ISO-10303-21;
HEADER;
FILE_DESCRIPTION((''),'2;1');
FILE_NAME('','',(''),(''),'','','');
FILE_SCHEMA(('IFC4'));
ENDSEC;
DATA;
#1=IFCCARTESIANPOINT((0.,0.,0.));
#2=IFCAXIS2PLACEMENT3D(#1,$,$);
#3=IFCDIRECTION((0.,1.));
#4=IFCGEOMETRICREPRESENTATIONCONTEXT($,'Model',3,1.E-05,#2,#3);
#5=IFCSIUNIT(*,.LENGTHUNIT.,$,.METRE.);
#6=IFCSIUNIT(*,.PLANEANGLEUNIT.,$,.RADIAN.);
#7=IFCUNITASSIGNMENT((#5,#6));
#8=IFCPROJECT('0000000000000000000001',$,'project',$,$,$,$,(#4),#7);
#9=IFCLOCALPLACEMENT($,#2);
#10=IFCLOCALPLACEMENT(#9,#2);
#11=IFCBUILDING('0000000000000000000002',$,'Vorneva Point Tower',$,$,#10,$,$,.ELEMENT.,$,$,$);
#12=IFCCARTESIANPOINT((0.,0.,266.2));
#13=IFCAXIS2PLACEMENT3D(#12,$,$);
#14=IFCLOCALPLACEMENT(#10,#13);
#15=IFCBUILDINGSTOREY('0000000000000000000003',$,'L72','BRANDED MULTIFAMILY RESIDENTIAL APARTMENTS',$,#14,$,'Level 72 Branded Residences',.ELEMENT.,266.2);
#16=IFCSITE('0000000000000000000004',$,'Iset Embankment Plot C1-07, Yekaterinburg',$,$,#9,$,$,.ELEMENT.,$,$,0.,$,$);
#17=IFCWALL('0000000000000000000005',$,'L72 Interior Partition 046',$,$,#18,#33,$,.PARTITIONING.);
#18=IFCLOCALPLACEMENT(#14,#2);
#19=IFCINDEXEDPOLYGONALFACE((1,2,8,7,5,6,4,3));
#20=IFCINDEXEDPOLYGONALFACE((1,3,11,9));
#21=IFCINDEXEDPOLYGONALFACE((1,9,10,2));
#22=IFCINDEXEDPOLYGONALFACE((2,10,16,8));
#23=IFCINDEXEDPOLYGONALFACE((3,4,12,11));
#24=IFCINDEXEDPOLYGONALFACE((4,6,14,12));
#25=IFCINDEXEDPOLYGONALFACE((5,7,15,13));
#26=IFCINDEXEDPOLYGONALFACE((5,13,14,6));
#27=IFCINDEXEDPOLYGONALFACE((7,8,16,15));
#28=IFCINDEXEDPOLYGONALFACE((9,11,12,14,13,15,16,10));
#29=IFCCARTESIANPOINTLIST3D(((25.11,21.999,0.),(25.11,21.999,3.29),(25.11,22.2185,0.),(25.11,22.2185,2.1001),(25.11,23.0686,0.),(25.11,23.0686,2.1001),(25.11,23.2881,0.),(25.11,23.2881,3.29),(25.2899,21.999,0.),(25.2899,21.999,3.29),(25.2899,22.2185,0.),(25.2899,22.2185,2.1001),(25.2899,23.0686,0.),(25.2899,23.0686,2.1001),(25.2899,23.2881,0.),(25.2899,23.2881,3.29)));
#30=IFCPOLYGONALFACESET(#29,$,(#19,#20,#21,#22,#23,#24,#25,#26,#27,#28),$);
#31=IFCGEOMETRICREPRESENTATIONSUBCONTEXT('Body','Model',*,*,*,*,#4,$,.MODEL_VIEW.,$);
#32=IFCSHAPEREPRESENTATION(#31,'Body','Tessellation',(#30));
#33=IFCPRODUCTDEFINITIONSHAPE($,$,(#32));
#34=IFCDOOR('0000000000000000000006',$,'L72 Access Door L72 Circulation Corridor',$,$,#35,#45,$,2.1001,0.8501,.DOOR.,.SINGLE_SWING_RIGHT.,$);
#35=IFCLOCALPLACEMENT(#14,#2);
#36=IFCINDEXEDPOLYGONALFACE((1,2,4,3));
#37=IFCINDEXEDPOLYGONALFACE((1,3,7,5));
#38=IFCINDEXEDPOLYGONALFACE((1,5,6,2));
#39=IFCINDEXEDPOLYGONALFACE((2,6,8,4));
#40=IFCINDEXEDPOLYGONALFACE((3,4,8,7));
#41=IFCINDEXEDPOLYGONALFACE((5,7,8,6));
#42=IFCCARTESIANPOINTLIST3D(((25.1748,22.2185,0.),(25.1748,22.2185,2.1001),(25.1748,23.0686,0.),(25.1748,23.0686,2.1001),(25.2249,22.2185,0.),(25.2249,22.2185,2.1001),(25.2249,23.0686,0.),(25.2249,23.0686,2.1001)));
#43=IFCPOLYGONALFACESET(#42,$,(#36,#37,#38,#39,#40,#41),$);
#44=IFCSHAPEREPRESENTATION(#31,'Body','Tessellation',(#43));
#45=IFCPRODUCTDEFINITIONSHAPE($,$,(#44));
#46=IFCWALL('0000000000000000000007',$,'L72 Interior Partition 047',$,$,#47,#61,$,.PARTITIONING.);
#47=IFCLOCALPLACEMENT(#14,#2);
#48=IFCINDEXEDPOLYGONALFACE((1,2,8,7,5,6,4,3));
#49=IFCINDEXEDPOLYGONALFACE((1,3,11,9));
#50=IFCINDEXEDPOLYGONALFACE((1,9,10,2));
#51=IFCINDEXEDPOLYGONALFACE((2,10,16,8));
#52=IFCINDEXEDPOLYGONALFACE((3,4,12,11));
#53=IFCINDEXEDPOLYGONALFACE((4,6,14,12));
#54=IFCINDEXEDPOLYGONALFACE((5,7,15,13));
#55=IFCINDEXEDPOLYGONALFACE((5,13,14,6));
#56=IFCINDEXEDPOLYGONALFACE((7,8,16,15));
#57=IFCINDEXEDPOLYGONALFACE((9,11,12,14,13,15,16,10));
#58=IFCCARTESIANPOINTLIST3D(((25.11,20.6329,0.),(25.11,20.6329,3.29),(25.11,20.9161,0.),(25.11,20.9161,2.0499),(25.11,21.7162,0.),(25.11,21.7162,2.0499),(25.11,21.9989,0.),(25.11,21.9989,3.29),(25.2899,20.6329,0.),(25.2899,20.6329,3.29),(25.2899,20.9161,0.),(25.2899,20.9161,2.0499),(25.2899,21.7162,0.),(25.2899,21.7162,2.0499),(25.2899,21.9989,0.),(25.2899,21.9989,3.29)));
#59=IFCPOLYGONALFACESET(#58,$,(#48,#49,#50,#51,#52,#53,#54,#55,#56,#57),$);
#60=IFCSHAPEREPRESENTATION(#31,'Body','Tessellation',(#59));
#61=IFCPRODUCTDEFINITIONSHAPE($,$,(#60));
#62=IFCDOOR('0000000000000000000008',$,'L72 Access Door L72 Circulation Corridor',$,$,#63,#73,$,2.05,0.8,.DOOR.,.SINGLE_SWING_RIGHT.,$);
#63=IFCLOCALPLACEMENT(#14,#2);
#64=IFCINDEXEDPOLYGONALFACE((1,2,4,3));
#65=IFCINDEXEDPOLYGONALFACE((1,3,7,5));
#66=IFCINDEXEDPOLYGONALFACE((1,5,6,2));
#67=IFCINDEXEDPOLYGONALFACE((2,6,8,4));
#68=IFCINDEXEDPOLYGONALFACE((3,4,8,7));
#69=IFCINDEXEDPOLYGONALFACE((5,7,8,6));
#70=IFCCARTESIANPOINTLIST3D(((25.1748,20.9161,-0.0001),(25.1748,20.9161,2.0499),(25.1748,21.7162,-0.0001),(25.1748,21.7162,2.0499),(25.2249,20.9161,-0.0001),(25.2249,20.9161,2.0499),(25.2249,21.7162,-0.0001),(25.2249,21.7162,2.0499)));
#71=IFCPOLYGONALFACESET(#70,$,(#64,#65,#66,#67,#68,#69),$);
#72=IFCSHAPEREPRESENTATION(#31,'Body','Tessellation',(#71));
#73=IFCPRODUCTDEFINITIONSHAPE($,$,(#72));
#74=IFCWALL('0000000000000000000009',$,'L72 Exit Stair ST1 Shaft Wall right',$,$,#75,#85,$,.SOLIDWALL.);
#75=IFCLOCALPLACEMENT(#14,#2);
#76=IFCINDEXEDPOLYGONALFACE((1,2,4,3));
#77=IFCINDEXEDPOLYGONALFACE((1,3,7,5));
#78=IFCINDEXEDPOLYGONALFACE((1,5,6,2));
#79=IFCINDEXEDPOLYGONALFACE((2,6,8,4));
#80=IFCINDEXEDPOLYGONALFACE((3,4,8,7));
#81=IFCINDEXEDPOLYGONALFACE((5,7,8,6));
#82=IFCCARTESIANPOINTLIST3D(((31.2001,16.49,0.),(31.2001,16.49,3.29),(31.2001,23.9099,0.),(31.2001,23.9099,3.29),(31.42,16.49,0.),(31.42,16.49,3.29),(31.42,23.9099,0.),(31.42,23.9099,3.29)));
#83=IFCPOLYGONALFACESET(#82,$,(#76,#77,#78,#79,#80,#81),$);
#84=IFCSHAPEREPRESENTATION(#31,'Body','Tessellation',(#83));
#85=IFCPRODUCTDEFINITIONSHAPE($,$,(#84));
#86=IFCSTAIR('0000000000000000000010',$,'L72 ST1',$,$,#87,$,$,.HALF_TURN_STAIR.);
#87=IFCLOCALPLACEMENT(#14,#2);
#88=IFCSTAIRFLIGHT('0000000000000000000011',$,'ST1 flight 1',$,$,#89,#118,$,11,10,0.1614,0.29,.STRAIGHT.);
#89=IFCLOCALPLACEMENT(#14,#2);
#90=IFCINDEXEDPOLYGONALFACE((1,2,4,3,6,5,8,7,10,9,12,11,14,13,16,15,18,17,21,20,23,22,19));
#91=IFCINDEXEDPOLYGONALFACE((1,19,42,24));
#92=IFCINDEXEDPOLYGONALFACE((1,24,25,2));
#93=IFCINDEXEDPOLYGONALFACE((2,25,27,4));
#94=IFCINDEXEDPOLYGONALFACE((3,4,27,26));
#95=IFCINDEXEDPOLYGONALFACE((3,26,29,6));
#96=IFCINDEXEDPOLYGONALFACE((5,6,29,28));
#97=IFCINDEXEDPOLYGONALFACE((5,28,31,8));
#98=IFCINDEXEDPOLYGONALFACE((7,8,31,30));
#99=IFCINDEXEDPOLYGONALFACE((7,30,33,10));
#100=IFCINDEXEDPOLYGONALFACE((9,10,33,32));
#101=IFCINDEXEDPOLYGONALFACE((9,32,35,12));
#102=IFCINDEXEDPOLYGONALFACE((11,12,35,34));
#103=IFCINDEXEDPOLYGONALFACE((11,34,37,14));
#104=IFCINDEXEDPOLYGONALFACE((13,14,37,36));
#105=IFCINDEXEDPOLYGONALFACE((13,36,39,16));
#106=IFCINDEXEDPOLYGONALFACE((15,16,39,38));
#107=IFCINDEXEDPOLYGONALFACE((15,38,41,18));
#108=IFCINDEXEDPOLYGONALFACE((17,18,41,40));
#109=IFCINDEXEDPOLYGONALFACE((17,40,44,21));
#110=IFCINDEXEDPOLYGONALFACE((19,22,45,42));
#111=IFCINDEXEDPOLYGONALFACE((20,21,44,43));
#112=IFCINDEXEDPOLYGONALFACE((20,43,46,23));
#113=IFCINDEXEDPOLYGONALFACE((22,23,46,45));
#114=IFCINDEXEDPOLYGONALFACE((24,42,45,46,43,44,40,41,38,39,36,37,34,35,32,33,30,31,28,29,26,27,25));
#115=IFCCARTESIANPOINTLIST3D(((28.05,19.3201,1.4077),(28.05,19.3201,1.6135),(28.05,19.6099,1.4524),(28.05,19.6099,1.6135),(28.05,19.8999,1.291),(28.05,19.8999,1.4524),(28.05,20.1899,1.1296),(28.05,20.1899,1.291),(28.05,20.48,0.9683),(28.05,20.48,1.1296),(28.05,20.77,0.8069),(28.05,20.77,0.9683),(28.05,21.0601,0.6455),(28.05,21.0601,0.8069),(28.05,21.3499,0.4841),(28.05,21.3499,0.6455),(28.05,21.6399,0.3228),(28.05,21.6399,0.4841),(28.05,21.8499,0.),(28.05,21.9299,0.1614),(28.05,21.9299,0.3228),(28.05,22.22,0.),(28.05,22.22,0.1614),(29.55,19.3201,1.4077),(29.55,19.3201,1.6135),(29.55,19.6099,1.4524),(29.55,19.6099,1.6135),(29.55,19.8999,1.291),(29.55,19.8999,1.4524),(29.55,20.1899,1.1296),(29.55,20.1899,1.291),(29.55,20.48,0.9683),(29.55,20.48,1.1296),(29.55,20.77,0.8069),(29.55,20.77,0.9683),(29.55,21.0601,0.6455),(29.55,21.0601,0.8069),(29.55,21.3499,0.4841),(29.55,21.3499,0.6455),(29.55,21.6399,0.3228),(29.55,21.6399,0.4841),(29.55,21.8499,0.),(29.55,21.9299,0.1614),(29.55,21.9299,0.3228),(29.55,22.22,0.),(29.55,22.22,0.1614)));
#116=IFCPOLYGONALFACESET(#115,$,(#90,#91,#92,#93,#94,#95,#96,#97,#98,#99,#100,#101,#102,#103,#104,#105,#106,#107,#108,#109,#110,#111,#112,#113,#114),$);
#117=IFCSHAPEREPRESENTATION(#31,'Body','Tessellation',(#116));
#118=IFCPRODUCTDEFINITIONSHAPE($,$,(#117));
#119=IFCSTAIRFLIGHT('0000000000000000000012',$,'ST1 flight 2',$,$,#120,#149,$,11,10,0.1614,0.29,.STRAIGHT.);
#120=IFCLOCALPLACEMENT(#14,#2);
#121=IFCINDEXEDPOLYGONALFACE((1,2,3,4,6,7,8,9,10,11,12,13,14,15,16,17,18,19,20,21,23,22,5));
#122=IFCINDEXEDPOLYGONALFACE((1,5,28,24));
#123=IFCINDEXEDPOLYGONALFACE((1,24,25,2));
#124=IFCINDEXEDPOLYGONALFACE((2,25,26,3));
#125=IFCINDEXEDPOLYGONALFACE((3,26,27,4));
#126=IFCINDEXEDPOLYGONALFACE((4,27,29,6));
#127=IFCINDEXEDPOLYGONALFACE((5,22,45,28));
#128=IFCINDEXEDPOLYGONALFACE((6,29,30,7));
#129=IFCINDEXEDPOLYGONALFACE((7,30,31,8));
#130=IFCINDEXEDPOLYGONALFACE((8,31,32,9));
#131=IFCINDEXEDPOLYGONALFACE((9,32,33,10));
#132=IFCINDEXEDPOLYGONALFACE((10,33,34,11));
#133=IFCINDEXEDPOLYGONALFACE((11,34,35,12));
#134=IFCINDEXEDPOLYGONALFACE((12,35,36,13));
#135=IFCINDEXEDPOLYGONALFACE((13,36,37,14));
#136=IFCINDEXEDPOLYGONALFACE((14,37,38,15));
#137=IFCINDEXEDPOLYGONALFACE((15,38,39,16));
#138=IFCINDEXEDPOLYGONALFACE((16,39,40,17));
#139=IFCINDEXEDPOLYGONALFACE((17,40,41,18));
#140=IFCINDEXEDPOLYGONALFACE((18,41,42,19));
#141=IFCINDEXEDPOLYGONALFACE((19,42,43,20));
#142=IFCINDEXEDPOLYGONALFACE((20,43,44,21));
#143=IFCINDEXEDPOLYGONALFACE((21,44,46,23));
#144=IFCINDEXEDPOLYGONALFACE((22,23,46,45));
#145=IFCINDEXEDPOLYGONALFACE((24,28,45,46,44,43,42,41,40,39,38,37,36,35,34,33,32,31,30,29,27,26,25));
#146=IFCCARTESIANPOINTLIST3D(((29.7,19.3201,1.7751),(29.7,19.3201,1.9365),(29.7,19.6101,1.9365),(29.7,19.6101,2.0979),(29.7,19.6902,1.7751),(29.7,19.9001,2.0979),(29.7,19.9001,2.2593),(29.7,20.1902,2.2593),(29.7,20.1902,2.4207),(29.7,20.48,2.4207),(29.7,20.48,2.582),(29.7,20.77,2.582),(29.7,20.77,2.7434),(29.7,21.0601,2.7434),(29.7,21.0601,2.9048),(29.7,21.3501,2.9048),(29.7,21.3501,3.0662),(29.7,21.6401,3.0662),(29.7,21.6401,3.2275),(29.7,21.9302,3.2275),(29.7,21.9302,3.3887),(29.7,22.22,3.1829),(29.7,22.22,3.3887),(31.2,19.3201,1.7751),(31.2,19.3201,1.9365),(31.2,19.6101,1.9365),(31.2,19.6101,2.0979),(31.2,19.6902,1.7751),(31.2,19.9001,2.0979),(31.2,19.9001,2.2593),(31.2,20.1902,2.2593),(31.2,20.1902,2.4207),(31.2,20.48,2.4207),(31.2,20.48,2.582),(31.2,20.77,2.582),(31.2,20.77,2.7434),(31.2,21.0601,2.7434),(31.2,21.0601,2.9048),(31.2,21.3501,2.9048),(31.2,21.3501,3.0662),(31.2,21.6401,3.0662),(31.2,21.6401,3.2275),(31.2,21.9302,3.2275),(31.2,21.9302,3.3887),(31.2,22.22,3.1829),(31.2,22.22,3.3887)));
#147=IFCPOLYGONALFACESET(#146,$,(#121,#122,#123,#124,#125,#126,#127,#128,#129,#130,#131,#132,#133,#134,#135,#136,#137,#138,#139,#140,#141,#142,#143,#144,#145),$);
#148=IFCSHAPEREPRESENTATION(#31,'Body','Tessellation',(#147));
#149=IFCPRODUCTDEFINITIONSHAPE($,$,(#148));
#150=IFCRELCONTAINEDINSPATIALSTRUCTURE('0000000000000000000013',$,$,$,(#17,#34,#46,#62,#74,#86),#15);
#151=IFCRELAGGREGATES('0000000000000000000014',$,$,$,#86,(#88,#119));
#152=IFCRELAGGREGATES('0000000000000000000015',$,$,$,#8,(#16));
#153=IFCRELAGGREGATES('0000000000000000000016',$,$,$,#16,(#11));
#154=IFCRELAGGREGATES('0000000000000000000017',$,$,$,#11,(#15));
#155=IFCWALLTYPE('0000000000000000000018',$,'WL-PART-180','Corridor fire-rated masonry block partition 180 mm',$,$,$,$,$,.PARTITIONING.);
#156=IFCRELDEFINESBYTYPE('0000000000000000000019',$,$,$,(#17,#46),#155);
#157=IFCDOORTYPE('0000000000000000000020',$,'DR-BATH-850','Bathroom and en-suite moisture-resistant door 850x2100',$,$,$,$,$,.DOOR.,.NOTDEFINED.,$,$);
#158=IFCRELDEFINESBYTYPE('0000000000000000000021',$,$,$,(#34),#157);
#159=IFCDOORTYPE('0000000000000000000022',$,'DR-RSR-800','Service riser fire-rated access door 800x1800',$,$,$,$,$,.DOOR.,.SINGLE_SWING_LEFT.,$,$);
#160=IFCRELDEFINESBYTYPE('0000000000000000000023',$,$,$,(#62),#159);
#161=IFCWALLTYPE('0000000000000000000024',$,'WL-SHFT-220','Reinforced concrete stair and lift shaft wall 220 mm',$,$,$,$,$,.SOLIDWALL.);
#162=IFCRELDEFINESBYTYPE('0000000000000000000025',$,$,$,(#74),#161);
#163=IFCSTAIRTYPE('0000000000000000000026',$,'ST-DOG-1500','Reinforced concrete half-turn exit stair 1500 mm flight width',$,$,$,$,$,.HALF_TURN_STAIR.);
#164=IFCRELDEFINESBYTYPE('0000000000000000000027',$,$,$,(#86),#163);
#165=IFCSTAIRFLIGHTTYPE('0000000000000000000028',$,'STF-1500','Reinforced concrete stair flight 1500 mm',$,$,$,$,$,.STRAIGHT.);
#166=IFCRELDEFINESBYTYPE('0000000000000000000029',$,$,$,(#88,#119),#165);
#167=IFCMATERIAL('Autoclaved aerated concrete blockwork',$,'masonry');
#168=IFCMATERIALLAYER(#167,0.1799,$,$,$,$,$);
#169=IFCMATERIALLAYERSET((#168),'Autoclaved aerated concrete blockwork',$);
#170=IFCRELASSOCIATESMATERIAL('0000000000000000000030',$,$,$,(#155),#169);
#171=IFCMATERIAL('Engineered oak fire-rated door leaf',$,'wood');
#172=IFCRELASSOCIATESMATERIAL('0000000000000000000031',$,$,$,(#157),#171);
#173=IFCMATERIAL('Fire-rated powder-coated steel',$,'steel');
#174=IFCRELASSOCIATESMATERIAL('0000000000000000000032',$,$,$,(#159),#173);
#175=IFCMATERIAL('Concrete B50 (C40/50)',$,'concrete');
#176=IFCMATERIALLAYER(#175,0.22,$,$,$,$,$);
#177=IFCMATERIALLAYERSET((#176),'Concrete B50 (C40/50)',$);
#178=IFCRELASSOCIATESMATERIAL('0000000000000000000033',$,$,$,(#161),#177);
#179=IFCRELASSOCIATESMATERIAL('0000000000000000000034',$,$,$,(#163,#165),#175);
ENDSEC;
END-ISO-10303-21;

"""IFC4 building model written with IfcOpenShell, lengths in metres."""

from ifc_helpers import new_model, si_unit, direction, frame, frame_2d, origin, place, context, subcontext, project, spatial, polyline, rectangle, outline, extrude, material, layer, layer_set, type_object, element, fill, aggregate, save


model = new_model("IFC4")

# Units and contexts
model_context = context("Model", 3, precision=1e-05, world=origin(), true_north=direction((0.0, 1.0)))
body_context = subcontext(model_context, "Body", "Model", "MODEL_VIEW")
ifc_project = project(units=[si_unit("LENGTHUNIT", "METRE"), si_unit("PLANEANGLEUNIT", "RADIAN")], contexts=[model_context])

# Site, building, storey
site_placement = place(None, origin())
site = spatial("IfcSite", under=ifc_project, at=site_placement, Name="Iset Embankment Plot C1-07, Yekaterinburg", CompositionType="ELEMENT", RefElevation=0.0)
building_placement = place(site_placement, origin())
building = spatial("IfcBuilding", under=site, at=building_placement, Name="Vorneva Point Tower", CompositionType="ELEMENT")
storey_placement = place(building_placement, frame((0.0, 0.0, 266.2)))
storey = spatial("IfcBuildingStorey", under=building, at=storey_placement, Name="L72", Description="BRANDED MULTIFAMILY RESIDENTIAL APARTMENTS", LongName="Level 72 Branded Residences", CompositionType="ELEMENT", Elevation=266.2)

# Shared definitions
ifc_material_1 = material(Name="Concrete B50 (C40/50)", Category="concrete")

# Shared definitions
ifc_material_2 = material(Name="Autoclaved aerated concrete blockwork", Category="masonry")
ifc_layer_1 = layer(ifc_material_2, 0.1799)
ifc_layer_set_1 = layer_set([ifc_layer_1], Name="Autoclaved aerated concrete blockwork")
wall_type_1 = type_object("IfcWallType", Name="WL-PART-180", Description="Corridor fire-rated masonry block partition 180 mm", PredefinedType="PARTITIONING", material=ifc_layer_set_1)
ifc_material_3 = material(Name="Fire-rated powder-coated steel", Category="steel")
ifc_material_4 = material(Name="Engineered oak fire-rated door leaf", Category="wood")
door_type_1 = type_object("IfcDoorType", Name="DR-BATH-850", Description="Bathroom and en-suite moisture-resistant door 850x2100", OperationType="NOTDEFINED", PredefinedType="DOOR", material=ifc_material_4)

# Walls, openings, doors
door_type_2 = type_object("IfcDoorType", Name="DR-RSR-800", Description="Service riser fire-rated access door 800x1800", OperationType="SINGLE_SWING_LEFT", PredefinedType="DOOR", material=ifc_material_3)
wall_1_placement = place(storey_placement, frame((25.2, 23.2881, 0.0), z_axis=(0.0, 0.0, 1.0), x_axis=(0.0, -1.0, 0.0)))
wall_1 = element("IfcWall", 1, at=wall_1_placement, inside=storey, type_object=wall_type_1, Name="L72 Interior Partition 046", PredefinedType="PARTITIONING", context=body_context, shape_type="SweptSolid", body=[
    extrude(rectangle(XDim=1.2891, YDim=0.1799, at=frame_2d((0.6445, 0.0))), origin(), (0.0, 0.0, 1.0), 3.29),
])
opening_1_placement = place(wall_1_placement, frame((0.2195, 0.0, 0.0)))
opening_1 = element("IfcOpeningElement", 2, at=opening_1_placement, cuts=wall_1, PredefinedType="OPENING", context=body_context, shape_type="SweptSolid", body=[
    extrude(rectangle(XDim=0.8501, YDim=2.1001, at=frame_2d((0.425, 1.05))), frame((0.0, 0.105, 0.0), z_axis=(0.0, -1.0, 0.0), x_axis=(1.0, 0.0, 0.0)), (0.0, 0.0, 1.0), 0.2097),
])
door_1_placement = place(opening_1_placement, origin())
door_1 = element("IfcDoor", 3, at=door_1_placement, inside=storey, type_object=door_type_1, Name="L72 Access Door L72 Circulation Corridor", OperationType="SINGLE_SWING_RIGHT", OverallHeight=2.1001, OverallWidth=0.8501, PredefinedType="DOOR", context=body_context, shape_type="SweptSolid", body=[
    extrude(rectangle(XDim=0.8501, YDim=2.1001, at=frame_2d((0.425, 1.05))), frame((0.0, 0.0249, 0.0), z_axis=(0.0, -1.0, 0.0), x_axis=(1.0, 0.0, 0.0)), (0.0, 0.0, 1.0), 0.05),
])
fill(opening_1, door_1)
wall_2_placement = place(storey_placement, frame((25.2, 21.999, 0.0), z_axis=(0.0, 0.0, 1.0), x_axis=(0.0, -1.0, 0.0)))
wall_2 = element("IfcWall", 4, at=wall_2_placement, inside=storey, type_object=wall_type_1, Name="L72 Interior Partition 047", PredefinedType="PARTITIONING", context=body_context, shape_type="SweptSolid", body=[
    extrude(rectangle(XDim=1.366, YDim=0.1799, at=frame_2d((0.6831, 0.0))), origin(), (0.0, 0.0, 1.0), 3.29),
])
opening_2_placement = place(wall_2_placement, frame((0.283, 0.0, 0.0)))
opening_2 = element("IfcOpeningElement", 5, at=opening_2_placement, cuts=wall_2, PredefinedType="OPENING", context=body_context, shape_type="SweptSolid", body=[
    extrude(rectangle(XDim=0.8, YDim=2.05, at=frame_2d((0.3999, 1.0249))), frame((0.0, 0.105, 0.0), z_axis=(0.0, -1.0, 0.0), x_axis=(1.0, 0.0, 0.0)), (0.0, 0.0, 1.0), 0.2097),
])
door_2_placement = place(opening_2_placement, origin())
door_2 = element("IfcDoor", 6, at=door_2_placement, inside=storey, type_object=door_type_2, Name="L72 Access Door L72 Circulation Corridor", OperationType="SINGLE_SWING_RIGHT", OverallHeight=2.05, OverallWidth=0.8, PredefinedType="DOOR", context=body_context, shape_type="SweptSolid", body=[
    extrude(rectangle(XDim=0.8, YDim=2.05, at=frame_2d((0.3999, 1.0249))), frame((0.0, 0.0249, 0.0), z_axis=(0.0, -1.0, 0.0), x_axis=(1.0, 0.0, 0.0)), (0.0, 0.0, 1.0), 0.05),
])
fill(opening_2, door_2)
ifc_layer_2 = layer(ifc_material_1, 0.22)
ifc_layer_set_2 = layer_set([ifc_layer_2], Name="Concrete B50 (C40/50)")
wall_type_2 = type_object("IfcWallType", Name="WL-SHFT-220", Description="Reinforced concrete stair and lift shaft wall 220 mm", PredefinedType="SOLIDWALL", material=ifc_layer_set_2)

# Wall
wall_3_placement = place(storey_placement, frame((31.3101, 23.9099, 0.0), z_axis=(0.0, 0.0, 1.0), x_axis=(0.0, -1.0, 0.0)))
element("IfcWall", 7, at=wall_3_placement, inside=storey, type_object=wall_type_2, Name="L72 Exit Stair ST1 Shaft Wall right", PredefinedType="SOLIDWALL", context=body_context, shape_type="SweptSolid", body=[
    extrude(rectangle(XDim=7.4199, YDim=0.22, at=frame_2d((3.71, 0.0))), origin(), (0.0, 0.0, 1.0), 3.29),
])

# Stair, stair flights
stair_type = type_object("IfcStairType", Name="ST-DOG-1500", Description="Reinforced concrete half-turn exit stair 1500 mm flight width", PredefinedType="HALF_TURN_STAIR", material=ifc_material_1)
stair_placement = place(storey_placement, origin())
stair = element("IfcStair", 8, at=stair_placement, inside=storey, type_object=stair_type, Name="L72 ST1", PredefinedType="HALF_TURN_STAIR")
stair_flight_type = type_object("IfcStairFlightType", Name="STF-1500", Description="Reinforced concrete stair flight 1500 mm", PredefinedType="STRAIGHT", material=ifc_material_1)
stair_flight_1_placement = place(storey_placement, frame((28.8, 22.22, 0.0), z_axis=(0.0, 0.0, 1.0), x_axis=(0.0, -1.0, 0.0)))
stair_flight_1 = element("IfcStairFlight", 9, at=stair_flight_1_placement, type_object=stair_flight_type, Name="ST1 flight 1", NumberOfRisers=11, NumberOfTreads=10, PredefinedType="STRAIGHT", RiserHeight=0.1614, TreadLength=0.29, context=body_context, shape_type="SweptSolid", body=[
    extrude(outline(polyline([(0.0, 0.0), (0.0, 0.1614), (0.29, 0.1614), (0.29, 0.3228), (0.5801, 0.3228), (0.5801, 0.4841), (0.8701, 0.4841), (0.8701, 0.6455), (1.1599, 0.6455), (1.1599, 0.8069), (1.45, 0.8069), (1.45, 0.9683), (1.74, 0.9683), (1.74, 1.1296), (2.03, 1.1296), (2.03, 1.291), (2.3201, 1.291), (2.3201, 1.4524), (2.6101, 1.4524), (2.6101, 1.6135), (2.8999, 1.6135), (2.8999, 1.7749), (2.8999, 1.4077), (0.3701, 0.0), (0.0, 0.0)])), frame((0.0, 0.75, 0.0), z_axis=(0.0, -1.0, 0.0), x_axis=(1.0, 0.0, 0.0)), (0.0, 0.0, 1.0), 1.5),
])
stair_flight_2_placement = place(storey_placement, frame((30.45, 19.3201, 1.7751), z_axis=(0.0, 0.0, 1.0), x_axis=(0.0, 1.0, 0.0)))
stair_flight_2 = element("IfcStairFlight", 10, at=stair_flight_2_placement, type_object=stair_flight_type, Name="ST1 flight 2", NumberOfRisers=11, NumberOfTreads=10, PredefinedType="STRAIGHT", RiserHeight=0.1614, TreadLength=0.29, context=body_context, shape_type="SweptSolid", body=[
    extrude(outline(polyline([(0.0, 0.0), (0.0, 0.1614), (0.29, 0.1614), (0.29, 0.3228), (0.5801, 0.3228), (0.5801, 0.4841), (0.8701, 0.4841), (0.8701, 0.6455), (1.1599, 0.6455), (1.1599, 0.8069), (1.45, 0.8069), (1.45, 0.9683), (1.74, 0.9683), (1.74, 1.1296), (2.03, 1.1296), (2.03, 1.291), (2.3201, 1.291), (2.3201, 1.4524), (2.6101, 1.4524), (2.6101, 1.6135), (2.8999, 1.6135), (2.8999, 1.7749), (2.8999, 1.4077), (0.3701, 0.0), (0.0, 0.0)])), frame((0.0, 0.75, 0.0), z_axis=(0.0, -1.0, 0.0), x_axis=(1.0, 0.0, 0.0)), (0.0, 0.0, 1.0), 1.5),
])
aggregate(stair, [stair_flight_1, stair_flight_2])

save(model, "model.ifc")
